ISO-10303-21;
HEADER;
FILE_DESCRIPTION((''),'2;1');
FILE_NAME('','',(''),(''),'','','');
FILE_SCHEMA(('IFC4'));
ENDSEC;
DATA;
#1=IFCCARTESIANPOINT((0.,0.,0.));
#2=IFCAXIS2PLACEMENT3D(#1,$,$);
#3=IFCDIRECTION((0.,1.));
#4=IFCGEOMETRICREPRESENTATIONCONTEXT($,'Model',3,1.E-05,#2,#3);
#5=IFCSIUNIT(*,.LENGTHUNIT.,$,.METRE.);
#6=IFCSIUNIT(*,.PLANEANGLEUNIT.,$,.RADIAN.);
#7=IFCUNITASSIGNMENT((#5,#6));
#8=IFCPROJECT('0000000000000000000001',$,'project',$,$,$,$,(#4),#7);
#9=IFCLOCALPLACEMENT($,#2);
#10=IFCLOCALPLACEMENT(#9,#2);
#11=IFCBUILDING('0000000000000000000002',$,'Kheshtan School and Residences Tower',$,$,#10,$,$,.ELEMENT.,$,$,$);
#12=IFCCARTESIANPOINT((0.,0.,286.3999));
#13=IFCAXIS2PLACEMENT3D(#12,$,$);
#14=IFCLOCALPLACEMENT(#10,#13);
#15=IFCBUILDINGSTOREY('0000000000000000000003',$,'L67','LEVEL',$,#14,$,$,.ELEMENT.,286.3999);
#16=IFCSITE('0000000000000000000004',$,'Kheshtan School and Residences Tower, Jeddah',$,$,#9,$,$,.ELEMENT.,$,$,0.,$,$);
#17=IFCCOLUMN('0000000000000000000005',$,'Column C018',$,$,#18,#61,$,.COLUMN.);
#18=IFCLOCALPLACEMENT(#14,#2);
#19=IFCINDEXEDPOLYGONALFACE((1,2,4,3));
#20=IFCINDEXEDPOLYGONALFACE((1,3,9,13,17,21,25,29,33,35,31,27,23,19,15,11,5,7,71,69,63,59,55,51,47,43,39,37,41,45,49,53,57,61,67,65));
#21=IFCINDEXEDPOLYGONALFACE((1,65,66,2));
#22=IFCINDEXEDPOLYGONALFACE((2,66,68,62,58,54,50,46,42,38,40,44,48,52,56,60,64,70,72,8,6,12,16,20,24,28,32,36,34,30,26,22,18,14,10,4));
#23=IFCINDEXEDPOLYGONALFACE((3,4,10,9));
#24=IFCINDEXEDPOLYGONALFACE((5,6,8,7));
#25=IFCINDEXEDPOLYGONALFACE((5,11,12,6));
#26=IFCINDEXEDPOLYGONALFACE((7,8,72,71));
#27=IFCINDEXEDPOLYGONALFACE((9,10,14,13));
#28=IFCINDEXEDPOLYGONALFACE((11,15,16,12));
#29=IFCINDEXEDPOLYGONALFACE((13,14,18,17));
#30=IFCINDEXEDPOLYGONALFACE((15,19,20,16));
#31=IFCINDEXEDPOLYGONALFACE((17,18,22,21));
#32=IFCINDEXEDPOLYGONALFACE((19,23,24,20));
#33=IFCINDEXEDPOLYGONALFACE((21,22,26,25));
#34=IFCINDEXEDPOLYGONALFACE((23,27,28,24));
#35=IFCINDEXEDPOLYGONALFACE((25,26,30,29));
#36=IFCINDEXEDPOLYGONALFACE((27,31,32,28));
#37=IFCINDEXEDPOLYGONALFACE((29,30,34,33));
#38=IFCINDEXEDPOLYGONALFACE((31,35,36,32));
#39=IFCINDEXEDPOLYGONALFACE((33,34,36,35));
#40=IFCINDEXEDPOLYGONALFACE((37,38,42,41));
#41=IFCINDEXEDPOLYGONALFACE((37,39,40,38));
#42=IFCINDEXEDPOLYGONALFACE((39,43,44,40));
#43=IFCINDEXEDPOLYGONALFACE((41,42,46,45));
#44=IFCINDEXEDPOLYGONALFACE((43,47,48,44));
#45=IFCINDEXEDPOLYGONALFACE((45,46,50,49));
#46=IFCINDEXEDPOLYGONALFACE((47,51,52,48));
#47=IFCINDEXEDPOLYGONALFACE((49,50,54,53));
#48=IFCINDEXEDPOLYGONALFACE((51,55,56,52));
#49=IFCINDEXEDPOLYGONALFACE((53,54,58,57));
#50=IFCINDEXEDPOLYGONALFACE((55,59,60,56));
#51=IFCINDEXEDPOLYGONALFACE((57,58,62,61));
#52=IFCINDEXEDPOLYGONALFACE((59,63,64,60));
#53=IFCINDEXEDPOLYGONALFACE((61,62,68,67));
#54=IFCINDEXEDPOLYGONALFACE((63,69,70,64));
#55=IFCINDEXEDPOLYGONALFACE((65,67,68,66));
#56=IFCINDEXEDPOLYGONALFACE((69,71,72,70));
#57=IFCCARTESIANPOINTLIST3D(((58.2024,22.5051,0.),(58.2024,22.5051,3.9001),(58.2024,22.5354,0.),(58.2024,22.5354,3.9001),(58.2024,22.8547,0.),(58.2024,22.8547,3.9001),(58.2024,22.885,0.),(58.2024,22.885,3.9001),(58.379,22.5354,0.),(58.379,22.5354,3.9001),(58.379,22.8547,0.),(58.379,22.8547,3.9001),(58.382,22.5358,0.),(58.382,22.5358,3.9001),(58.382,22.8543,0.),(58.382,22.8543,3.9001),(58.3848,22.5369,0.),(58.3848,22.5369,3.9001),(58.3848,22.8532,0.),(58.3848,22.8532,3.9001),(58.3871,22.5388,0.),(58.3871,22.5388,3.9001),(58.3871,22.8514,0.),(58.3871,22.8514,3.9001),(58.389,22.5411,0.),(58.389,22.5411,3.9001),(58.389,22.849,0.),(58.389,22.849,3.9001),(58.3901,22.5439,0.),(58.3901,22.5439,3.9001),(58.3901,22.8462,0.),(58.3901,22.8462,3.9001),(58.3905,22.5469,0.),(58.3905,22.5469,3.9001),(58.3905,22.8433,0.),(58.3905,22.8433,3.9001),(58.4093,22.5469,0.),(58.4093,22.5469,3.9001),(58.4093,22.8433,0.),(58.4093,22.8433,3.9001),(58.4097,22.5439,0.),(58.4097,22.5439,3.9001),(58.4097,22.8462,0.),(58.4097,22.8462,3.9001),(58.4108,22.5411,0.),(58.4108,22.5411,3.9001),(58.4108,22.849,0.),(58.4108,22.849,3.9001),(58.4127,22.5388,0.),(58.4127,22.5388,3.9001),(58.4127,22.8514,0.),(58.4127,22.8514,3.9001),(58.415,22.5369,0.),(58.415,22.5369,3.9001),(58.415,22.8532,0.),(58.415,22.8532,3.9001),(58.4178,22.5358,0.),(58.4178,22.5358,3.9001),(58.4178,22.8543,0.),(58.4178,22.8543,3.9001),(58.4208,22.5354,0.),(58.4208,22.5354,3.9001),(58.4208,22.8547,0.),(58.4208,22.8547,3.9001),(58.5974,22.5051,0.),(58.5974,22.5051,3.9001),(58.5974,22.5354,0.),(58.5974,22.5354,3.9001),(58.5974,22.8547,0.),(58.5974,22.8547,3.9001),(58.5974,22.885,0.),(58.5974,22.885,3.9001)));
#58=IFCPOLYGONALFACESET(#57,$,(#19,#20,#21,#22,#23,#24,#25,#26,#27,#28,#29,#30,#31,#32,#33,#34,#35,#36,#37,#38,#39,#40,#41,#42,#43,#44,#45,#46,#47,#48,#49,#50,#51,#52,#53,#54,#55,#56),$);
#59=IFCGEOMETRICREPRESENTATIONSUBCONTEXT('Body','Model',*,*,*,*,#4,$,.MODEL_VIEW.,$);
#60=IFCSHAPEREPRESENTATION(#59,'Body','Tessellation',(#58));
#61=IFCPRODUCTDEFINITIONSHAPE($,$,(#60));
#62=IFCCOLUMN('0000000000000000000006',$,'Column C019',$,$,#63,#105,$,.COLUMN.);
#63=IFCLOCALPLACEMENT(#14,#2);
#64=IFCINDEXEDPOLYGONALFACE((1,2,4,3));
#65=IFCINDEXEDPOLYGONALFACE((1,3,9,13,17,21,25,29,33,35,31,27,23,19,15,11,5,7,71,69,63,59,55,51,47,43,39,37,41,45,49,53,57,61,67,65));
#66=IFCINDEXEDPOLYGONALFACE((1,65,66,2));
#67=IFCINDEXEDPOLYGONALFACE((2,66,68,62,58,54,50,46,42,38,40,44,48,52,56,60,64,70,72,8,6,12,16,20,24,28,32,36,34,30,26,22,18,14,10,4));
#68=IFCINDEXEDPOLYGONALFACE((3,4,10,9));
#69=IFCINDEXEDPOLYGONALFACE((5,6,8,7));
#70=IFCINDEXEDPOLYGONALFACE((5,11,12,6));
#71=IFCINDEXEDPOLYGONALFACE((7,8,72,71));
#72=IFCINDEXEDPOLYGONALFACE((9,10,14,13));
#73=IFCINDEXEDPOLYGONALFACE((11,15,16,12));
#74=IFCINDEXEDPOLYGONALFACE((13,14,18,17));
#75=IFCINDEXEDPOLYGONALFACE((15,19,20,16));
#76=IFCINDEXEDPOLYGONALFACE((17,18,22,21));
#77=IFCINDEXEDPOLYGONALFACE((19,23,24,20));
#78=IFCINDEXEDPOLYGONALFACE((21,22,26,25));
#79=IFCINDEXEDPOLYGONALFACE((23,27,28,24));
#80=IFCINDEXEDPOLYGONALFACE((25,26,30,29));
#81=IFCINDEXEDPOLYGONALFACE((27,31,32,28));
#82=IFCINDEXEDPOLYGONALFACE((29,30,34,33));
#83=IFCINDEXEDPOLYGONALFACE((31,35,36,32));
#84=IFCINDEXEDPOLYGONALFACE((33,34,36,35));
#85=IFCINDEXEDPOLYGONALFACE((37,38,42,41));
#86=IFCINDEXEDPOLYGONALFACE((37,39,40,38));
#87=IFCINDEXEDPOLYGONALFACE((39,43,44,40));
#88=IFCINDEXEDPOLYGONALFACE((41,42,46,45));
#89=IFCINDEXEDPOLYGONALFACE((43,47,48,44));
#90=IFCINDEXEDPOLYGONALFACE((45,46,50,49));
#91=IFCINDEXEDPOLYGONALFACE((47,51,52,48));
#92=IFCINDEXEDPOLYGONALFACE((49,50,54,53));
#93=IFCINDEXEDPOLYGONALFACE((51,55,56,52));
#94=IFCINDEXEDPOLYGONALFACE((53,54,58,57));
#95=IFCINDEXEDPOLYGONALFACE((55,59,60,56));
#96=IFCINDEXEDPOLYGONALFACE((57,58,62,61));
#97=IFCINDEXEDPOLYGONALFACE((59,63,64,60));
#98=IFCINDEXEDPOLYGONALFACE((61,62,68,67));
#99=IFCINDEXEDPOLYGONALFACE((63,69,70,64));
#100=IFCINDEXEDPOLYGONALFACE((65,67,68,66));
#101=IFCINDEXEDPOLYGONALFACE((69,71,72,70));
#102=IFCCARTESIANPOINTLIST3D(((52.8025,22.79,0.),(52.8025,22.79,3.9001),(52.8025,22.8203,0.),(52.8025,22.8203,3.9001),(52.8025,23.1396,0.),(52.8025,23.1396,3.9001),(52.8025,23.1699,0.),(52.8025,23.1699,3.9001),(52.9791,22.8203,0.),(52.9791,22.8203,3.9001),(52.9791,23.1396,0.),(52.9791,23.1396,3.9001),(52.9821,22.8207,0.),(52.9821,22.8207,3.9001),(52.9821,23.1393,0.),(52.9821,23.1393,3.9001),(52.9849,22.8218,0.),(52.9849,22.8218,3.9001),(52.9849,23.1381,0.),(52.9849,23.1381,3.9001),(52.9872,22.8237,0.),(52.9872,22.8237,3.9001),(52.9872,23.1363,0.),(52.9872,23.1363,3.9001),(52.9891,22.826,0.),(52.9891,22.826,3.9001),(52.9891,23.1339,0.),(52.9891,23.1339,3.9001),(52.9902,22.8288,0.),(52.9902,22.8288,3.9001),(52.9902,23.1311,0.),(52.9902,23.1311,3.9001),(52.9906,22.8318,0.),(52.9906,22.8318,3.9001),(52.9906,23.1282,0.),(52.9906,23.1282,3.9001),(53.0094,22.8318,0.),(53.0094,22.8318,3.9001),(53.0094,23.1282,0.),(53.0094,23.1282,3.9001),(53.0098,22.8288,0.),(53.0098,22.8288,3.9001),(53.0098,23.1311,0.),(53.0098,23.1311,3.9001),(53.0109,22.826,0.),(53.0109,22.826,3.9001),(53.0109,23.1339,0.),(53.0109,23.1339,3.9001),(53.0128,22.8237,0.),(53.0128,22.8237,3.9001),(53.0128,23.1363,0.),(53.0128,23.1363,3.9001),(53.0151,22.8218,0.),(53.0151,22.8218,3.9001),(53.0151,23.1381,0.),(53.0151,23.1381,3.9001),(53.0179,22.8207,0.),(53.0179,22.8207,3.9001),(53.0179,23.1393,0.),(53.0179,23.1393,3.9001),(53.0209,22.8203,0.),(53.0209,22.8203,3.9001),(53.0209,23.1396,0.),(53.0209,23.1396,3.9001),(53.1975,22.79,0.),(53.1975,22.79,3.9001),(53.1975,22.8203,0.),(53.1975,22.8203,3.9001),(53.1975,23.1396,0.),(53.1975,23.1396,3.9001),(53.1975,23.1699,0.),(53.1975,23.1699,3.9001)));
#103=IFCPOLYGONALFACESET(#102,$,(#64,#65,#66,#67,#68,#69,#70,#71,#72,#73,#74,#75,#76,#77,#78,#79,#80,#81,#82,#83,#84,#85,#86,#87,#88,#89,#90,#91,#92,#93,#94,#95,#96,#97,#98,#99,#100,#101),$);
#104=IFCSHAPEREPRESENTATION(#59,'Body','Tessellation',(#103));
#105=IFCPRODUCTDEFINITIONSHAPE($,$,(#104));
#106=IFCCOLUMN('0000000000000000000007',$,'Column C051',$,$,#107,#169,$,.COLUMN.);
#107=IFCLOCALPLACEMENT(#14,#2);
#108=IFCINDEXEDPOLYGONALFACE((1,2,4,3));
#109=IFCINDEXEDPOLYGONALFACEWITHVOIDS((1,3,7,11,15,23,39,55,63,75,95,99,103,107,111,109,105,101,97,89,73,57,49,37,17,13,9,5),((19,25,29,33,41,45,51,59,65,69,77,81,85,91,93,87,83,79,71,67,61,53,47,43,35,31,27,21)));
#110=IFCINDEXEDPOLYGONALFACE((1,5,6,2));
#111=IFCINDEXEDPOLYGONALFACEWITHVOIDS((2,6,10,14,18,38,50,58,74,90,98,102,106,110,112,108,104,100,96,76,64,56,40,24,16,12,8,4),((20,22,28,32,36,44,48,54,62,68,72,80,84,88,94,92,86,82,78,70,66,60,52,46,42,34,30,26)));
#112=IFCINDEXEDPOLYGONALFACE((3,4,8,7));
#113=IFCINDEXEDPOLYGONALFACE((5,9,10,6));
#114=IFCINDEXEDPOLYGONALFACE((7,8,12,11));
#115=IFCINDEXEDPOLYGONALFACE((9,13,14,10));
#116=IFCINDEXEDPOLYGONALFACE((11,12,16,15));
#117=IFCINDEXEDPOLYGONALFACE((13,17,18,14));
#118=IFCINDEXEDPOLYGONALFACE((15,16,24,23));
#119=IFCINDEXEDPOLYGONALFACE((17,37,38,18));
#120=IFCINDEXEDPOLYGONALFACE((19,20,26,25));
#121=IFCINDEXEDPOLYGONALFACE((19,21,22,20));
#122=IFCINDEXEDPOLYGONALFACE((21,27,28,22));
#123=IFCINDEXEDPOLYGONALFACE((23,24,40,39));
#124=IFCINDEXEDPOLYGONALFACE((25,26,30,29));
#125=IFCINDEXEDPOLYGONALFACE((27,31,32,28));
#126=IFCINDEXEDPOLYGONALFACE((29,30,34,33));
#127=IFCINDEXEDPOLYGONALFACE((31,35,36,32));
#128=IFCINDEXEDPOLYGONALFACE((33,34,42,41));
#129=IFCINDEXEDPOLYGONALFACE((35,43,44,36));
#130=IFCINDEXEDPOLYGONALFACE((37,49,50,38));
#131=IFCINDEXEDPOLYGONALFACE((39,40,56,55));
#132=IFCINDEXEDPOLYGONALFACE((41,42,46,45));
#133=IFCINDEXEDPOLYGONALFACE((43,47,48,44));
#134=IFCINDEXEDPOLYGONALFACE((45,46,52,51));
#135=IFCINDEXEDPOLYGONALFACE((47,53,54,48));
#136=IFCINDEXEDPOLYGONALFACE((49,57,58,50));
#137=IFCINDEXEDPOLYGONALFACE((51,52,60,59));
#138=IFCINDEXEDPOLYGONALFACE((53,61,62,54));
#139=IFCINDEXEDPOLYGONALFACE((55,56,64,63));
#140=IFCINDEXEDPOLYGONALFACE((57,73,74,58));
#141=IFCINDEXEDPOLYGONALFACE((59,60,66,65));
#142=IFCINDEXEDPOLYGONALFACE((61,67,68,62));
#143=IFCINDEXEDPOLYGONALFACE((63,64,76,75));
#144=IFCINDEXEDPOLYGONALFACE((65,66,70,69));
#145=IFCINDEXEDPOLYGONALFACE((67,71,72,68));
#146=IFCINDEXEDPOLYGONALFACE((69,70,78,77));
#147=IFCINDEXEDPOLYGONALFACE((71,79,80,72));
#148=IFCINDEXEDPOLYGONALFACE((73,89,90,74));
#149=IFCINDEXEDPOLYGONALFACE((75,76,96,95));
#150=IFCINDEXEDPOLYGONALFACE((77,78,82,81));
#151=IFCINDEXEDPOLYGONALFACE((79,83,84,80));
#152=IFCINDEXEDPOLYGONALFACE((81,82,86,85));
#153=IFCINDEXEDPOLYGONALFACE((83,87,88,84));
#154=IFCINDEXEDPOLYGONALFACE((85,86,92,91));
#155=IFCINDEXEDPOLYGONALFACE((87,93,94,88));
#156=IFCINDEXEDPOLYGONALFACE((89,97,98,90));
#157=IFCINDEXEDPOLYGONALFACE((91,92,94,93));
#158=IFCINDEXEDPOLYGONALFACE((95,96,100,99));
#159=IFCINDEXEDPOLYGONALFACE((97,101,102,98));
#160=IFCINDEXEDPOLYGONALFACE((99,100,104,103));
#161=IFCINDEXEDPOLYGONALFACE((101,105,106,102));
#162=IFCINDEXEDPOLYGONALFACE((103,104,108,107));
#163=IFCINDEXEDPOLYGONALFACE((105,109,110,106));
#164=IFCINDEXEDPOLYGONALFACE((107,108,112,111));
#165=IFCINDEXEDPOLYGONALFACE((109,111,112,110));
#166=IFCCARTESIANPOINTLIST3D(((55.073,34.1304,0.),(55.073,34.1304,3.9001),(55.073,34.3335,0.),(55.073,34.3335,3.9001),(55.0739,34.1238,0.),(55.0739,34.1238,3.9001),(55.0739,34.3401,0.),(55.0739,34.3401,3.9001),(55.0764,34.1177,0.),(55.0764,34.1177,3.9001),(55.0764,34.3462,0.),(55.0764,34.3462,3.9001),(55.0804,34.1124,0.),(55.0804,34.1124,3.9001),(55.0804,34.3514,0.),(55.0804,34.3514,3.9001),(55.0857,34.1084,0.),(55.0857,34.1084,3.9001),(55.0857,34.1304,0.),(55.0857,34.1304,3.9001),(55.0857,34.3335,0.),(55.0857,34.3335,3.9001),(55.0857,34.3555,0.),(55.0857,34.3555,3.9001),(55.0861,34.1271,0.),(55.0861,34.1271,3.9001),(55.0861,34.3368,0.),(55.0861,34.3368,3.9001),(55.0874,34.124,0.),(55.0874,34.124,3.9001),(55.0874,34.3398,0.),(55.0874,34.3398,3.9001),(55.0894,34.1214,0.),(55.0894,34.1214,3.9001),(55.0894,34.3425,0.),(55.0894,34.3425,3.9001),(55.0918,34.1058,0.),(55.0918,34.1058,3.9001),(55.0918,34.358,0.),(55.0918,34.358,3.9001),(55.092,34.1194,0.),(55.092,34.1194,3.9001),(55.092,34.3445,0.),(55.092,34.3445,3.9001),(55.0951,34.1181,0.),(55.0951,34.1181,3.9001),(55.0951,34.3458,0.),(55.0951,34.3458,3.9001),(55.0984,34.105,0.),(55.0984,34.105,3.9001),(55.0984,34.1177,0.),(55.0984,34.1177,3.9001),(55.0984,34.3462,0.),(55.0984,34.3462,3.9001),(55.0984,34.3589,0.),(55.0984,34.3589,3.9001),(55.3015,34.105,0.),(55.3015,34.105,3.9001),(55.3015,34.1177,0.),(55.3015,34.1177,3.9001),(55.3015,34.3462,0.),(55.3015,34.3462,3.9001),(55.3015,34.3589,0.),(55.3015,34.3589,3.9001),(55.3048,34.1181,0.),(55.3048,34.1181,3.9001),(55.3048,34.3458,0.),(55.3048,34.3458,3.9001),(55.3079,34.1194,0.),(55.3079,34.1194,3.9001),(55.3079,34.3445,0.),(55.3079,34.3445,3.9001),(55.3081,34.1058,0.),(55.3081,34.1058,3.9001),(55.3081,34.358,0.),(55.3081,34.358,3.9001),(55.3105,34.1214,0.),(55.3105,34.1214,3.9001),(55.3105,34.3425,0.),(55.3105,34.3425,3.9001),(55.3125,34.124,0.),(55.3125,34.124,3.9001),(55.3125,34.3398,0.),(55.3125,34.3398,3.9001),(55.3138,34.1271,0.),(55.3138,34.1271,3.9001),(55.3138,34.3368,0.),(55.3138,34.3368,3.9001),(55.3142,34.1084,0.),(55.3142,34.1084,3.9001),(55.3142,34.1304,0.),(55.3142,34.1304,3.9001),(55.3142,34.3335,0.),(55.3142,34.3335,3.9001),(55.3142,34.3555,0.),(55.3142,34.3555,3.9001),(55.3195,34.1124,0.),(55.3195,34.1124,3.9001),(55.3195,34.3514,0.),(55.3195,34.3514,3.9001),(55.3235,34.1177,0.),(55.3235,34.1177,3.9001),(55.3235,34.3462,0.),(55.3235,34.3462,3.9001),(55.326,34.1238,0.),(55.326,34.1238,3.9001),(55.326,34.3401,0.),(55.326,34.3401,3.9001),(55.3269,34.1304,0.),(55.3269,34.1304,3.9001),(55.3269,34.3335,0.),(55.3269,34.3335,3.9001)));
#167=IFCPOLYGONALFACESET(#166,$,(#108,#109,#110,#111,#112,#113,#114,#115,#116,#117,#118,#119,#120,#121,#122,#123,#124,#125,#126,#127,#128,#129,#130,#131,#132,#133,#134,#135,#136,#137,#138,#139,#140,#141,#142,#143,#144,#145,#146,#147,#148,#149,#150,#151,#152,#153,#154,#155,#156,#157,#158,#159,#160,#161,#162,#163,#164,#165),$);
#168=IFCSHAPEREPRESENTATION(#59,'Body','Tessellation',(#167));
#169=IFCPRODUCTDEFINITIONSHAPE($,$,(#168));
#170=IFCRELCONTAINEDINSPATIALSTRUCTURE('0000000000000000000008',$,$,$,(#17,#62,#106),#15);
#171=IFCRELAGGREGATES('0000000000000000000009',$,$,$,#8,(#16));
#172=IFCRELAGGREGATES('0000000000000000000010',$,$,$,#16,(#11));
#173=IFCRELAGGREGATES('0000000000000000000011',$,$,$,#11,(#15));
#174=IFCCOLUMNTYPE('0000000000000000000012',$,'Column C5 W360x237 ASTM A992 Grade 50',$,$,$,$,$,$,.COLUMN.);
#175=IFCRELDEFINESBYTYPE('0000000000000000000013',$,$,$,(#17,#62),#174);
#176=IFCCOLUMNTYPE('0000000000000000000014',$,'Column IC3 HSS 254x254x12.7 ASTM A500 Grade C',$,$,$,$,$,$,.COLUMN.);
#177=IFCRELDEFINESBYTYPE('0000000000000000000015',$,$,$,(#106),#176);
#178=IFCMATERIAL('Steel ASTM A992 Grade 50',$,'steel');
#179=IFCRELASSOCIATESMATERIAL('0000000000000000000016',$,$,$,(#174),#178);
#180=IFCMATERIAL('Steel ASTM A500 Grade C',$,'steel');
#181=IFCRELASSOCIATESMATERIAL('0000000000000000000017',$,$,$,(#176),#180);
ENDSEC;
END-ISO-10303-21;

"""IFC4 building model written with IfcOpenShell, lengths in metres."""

from ifc_helpers import new_model, si_unit, direction, frame, origin, origin_2d, place, context, subcontext, project, spatial, hollow_rectangle, i_section, extrude, material, material_profile, profile_set, type_object, element, save


model = new_model("IFC4")

# Units and contexts
model_context = context("Model", 3, precision=1e-05, world=origin(), true_north=direction((0.0, 1.0)))
body_context = subcontext(model_context, "Body", "Model", "MODEL_VIEW")
ifc_project = project(units=[si_unit("LENGTHUNIT", "METRE"), si_unit("PLANEANGLEUNIT", "RADIAN")], contexts=[model_context])

# Site, building, storey
site_placement = place(None, origin())
site = spatial("IfcSite", under=ifc_project, at=site_placement, Name="Kheshtan School and Residences Tower, Jeddah", CompositionType="ELEMENT", RefElevation=0.0)
building_placement = place(site_placement, origin())
building = spatial("IfcBuilding", under=site, at=building_placement, Name="Kheshtan School and Residences Tower", CompositionType="ELEMENT")
storey_placement = place(building_placement, frame((0.0, 0.0, 286.3999)))
storey = spatial("IfcBuildingStorey", under=building, at=storey_placement, Name="L67", Description="LEVEL", CompositionType="ELEMENT", Elevation=286.3999)

# Columns
ifc_material_1 = material(Name="Steel ASTM A992 Grade 50", Category="steel")
ifc_material_profile_1 = material_profile(ifc_material_1, i_section(OverallWidth=0.395, OverallDepth=0.3799, WebThickness=0.0188, FlangeThickness=0.0303, FilletRadius=0.0115, at=origin_2d()), Name="W360x237")
ifc_profile_set_1 = profile_set([ifc_material_profile_1], Name="Steel ASTM A992 Grade 50")
column_type_1 = type_object("IfcColumnType", Name="Column C5 W360x237 ASTM A992 Grade 50", PredefinedType="COLUMN", material=ifc_profile_set_1)
for number, where, z_axis, x_axis, name in (
    (1, (58.3999, 22.6951, 0.0), (0.0, 0.0, 1.0), (1.0, 0.0, 0.0), "Column C018"),
    (2, (53.0, 22.98, 0.0), (0.0, 0.0, 1.0), (1.0, 0.0, 0.0), "Column C019"),
):
    element("IfcColumn", number, at=place(storey_placement, frame(where, z_axis=z_axis, x_axis=x_axis)), inside=storey, type_object=column_type_1, Name=name, PredefinedType="COLUMN", context=body_context, shape_type="SweptSolid", body=[
        extrude(i_section(OverallWidth=0.395, OverallDepth=0.3799, WebThickness=0.0188, FlangeThickness=0.0303, FilletRadius=0.0115, at=origin_2d()), origin(), (0.0, 0.0, 1.0), 3.9001),
    ])
ifc_material_2 = material(Name="Steel ASTM A500 Grade C", Category="steel")
ifc_material_profile_2 = material_profile(ifc_material_2, hollow_rectangle(XDim=0.2539, YDim=0.2539, WallThickness=0.0127, InnerFilletRadius=0.0127, OuterFilletRadius=0.0254, at=origin_2d()), Name="HSS 254x254x12.7")
ifc_profile_set_2 = profile_set([ifc_material_profile_2], Name="Steel ASTM A500 Grade C")
column_type_2 = type_object("IfcColumnType", Name="Column IC3 HSS 254x254x12.7 ASTM A500 Grade C", PredefinedType="COLUMN", material=ifc_profile_set_2)
column_placement = place(storey_placement, frame((55.2, 34.2319, 0.0), z_axis=(0.0, 0.0, 1.0), x_axis=(1.0, 0.0, 0.0)))
element("IfcColumn", 3, at=column_placement, inside=storey, type_object=column_type_2, Name="Column C051", PredefinedType="COLUMN", context=body_context, shape_type="SweptSolid", body=[
    extrude(hollow_rectangle(XDim=0.2539, YDim=0.2539, WallThickness=0.0127, InnerFilletRadius=0.0127, OuterFilletRadius=0.0254, at=origin_2d()), origin(), (0.0, 0.0, 1.0), 3.9001),
])

save(model, "model.ifc")
